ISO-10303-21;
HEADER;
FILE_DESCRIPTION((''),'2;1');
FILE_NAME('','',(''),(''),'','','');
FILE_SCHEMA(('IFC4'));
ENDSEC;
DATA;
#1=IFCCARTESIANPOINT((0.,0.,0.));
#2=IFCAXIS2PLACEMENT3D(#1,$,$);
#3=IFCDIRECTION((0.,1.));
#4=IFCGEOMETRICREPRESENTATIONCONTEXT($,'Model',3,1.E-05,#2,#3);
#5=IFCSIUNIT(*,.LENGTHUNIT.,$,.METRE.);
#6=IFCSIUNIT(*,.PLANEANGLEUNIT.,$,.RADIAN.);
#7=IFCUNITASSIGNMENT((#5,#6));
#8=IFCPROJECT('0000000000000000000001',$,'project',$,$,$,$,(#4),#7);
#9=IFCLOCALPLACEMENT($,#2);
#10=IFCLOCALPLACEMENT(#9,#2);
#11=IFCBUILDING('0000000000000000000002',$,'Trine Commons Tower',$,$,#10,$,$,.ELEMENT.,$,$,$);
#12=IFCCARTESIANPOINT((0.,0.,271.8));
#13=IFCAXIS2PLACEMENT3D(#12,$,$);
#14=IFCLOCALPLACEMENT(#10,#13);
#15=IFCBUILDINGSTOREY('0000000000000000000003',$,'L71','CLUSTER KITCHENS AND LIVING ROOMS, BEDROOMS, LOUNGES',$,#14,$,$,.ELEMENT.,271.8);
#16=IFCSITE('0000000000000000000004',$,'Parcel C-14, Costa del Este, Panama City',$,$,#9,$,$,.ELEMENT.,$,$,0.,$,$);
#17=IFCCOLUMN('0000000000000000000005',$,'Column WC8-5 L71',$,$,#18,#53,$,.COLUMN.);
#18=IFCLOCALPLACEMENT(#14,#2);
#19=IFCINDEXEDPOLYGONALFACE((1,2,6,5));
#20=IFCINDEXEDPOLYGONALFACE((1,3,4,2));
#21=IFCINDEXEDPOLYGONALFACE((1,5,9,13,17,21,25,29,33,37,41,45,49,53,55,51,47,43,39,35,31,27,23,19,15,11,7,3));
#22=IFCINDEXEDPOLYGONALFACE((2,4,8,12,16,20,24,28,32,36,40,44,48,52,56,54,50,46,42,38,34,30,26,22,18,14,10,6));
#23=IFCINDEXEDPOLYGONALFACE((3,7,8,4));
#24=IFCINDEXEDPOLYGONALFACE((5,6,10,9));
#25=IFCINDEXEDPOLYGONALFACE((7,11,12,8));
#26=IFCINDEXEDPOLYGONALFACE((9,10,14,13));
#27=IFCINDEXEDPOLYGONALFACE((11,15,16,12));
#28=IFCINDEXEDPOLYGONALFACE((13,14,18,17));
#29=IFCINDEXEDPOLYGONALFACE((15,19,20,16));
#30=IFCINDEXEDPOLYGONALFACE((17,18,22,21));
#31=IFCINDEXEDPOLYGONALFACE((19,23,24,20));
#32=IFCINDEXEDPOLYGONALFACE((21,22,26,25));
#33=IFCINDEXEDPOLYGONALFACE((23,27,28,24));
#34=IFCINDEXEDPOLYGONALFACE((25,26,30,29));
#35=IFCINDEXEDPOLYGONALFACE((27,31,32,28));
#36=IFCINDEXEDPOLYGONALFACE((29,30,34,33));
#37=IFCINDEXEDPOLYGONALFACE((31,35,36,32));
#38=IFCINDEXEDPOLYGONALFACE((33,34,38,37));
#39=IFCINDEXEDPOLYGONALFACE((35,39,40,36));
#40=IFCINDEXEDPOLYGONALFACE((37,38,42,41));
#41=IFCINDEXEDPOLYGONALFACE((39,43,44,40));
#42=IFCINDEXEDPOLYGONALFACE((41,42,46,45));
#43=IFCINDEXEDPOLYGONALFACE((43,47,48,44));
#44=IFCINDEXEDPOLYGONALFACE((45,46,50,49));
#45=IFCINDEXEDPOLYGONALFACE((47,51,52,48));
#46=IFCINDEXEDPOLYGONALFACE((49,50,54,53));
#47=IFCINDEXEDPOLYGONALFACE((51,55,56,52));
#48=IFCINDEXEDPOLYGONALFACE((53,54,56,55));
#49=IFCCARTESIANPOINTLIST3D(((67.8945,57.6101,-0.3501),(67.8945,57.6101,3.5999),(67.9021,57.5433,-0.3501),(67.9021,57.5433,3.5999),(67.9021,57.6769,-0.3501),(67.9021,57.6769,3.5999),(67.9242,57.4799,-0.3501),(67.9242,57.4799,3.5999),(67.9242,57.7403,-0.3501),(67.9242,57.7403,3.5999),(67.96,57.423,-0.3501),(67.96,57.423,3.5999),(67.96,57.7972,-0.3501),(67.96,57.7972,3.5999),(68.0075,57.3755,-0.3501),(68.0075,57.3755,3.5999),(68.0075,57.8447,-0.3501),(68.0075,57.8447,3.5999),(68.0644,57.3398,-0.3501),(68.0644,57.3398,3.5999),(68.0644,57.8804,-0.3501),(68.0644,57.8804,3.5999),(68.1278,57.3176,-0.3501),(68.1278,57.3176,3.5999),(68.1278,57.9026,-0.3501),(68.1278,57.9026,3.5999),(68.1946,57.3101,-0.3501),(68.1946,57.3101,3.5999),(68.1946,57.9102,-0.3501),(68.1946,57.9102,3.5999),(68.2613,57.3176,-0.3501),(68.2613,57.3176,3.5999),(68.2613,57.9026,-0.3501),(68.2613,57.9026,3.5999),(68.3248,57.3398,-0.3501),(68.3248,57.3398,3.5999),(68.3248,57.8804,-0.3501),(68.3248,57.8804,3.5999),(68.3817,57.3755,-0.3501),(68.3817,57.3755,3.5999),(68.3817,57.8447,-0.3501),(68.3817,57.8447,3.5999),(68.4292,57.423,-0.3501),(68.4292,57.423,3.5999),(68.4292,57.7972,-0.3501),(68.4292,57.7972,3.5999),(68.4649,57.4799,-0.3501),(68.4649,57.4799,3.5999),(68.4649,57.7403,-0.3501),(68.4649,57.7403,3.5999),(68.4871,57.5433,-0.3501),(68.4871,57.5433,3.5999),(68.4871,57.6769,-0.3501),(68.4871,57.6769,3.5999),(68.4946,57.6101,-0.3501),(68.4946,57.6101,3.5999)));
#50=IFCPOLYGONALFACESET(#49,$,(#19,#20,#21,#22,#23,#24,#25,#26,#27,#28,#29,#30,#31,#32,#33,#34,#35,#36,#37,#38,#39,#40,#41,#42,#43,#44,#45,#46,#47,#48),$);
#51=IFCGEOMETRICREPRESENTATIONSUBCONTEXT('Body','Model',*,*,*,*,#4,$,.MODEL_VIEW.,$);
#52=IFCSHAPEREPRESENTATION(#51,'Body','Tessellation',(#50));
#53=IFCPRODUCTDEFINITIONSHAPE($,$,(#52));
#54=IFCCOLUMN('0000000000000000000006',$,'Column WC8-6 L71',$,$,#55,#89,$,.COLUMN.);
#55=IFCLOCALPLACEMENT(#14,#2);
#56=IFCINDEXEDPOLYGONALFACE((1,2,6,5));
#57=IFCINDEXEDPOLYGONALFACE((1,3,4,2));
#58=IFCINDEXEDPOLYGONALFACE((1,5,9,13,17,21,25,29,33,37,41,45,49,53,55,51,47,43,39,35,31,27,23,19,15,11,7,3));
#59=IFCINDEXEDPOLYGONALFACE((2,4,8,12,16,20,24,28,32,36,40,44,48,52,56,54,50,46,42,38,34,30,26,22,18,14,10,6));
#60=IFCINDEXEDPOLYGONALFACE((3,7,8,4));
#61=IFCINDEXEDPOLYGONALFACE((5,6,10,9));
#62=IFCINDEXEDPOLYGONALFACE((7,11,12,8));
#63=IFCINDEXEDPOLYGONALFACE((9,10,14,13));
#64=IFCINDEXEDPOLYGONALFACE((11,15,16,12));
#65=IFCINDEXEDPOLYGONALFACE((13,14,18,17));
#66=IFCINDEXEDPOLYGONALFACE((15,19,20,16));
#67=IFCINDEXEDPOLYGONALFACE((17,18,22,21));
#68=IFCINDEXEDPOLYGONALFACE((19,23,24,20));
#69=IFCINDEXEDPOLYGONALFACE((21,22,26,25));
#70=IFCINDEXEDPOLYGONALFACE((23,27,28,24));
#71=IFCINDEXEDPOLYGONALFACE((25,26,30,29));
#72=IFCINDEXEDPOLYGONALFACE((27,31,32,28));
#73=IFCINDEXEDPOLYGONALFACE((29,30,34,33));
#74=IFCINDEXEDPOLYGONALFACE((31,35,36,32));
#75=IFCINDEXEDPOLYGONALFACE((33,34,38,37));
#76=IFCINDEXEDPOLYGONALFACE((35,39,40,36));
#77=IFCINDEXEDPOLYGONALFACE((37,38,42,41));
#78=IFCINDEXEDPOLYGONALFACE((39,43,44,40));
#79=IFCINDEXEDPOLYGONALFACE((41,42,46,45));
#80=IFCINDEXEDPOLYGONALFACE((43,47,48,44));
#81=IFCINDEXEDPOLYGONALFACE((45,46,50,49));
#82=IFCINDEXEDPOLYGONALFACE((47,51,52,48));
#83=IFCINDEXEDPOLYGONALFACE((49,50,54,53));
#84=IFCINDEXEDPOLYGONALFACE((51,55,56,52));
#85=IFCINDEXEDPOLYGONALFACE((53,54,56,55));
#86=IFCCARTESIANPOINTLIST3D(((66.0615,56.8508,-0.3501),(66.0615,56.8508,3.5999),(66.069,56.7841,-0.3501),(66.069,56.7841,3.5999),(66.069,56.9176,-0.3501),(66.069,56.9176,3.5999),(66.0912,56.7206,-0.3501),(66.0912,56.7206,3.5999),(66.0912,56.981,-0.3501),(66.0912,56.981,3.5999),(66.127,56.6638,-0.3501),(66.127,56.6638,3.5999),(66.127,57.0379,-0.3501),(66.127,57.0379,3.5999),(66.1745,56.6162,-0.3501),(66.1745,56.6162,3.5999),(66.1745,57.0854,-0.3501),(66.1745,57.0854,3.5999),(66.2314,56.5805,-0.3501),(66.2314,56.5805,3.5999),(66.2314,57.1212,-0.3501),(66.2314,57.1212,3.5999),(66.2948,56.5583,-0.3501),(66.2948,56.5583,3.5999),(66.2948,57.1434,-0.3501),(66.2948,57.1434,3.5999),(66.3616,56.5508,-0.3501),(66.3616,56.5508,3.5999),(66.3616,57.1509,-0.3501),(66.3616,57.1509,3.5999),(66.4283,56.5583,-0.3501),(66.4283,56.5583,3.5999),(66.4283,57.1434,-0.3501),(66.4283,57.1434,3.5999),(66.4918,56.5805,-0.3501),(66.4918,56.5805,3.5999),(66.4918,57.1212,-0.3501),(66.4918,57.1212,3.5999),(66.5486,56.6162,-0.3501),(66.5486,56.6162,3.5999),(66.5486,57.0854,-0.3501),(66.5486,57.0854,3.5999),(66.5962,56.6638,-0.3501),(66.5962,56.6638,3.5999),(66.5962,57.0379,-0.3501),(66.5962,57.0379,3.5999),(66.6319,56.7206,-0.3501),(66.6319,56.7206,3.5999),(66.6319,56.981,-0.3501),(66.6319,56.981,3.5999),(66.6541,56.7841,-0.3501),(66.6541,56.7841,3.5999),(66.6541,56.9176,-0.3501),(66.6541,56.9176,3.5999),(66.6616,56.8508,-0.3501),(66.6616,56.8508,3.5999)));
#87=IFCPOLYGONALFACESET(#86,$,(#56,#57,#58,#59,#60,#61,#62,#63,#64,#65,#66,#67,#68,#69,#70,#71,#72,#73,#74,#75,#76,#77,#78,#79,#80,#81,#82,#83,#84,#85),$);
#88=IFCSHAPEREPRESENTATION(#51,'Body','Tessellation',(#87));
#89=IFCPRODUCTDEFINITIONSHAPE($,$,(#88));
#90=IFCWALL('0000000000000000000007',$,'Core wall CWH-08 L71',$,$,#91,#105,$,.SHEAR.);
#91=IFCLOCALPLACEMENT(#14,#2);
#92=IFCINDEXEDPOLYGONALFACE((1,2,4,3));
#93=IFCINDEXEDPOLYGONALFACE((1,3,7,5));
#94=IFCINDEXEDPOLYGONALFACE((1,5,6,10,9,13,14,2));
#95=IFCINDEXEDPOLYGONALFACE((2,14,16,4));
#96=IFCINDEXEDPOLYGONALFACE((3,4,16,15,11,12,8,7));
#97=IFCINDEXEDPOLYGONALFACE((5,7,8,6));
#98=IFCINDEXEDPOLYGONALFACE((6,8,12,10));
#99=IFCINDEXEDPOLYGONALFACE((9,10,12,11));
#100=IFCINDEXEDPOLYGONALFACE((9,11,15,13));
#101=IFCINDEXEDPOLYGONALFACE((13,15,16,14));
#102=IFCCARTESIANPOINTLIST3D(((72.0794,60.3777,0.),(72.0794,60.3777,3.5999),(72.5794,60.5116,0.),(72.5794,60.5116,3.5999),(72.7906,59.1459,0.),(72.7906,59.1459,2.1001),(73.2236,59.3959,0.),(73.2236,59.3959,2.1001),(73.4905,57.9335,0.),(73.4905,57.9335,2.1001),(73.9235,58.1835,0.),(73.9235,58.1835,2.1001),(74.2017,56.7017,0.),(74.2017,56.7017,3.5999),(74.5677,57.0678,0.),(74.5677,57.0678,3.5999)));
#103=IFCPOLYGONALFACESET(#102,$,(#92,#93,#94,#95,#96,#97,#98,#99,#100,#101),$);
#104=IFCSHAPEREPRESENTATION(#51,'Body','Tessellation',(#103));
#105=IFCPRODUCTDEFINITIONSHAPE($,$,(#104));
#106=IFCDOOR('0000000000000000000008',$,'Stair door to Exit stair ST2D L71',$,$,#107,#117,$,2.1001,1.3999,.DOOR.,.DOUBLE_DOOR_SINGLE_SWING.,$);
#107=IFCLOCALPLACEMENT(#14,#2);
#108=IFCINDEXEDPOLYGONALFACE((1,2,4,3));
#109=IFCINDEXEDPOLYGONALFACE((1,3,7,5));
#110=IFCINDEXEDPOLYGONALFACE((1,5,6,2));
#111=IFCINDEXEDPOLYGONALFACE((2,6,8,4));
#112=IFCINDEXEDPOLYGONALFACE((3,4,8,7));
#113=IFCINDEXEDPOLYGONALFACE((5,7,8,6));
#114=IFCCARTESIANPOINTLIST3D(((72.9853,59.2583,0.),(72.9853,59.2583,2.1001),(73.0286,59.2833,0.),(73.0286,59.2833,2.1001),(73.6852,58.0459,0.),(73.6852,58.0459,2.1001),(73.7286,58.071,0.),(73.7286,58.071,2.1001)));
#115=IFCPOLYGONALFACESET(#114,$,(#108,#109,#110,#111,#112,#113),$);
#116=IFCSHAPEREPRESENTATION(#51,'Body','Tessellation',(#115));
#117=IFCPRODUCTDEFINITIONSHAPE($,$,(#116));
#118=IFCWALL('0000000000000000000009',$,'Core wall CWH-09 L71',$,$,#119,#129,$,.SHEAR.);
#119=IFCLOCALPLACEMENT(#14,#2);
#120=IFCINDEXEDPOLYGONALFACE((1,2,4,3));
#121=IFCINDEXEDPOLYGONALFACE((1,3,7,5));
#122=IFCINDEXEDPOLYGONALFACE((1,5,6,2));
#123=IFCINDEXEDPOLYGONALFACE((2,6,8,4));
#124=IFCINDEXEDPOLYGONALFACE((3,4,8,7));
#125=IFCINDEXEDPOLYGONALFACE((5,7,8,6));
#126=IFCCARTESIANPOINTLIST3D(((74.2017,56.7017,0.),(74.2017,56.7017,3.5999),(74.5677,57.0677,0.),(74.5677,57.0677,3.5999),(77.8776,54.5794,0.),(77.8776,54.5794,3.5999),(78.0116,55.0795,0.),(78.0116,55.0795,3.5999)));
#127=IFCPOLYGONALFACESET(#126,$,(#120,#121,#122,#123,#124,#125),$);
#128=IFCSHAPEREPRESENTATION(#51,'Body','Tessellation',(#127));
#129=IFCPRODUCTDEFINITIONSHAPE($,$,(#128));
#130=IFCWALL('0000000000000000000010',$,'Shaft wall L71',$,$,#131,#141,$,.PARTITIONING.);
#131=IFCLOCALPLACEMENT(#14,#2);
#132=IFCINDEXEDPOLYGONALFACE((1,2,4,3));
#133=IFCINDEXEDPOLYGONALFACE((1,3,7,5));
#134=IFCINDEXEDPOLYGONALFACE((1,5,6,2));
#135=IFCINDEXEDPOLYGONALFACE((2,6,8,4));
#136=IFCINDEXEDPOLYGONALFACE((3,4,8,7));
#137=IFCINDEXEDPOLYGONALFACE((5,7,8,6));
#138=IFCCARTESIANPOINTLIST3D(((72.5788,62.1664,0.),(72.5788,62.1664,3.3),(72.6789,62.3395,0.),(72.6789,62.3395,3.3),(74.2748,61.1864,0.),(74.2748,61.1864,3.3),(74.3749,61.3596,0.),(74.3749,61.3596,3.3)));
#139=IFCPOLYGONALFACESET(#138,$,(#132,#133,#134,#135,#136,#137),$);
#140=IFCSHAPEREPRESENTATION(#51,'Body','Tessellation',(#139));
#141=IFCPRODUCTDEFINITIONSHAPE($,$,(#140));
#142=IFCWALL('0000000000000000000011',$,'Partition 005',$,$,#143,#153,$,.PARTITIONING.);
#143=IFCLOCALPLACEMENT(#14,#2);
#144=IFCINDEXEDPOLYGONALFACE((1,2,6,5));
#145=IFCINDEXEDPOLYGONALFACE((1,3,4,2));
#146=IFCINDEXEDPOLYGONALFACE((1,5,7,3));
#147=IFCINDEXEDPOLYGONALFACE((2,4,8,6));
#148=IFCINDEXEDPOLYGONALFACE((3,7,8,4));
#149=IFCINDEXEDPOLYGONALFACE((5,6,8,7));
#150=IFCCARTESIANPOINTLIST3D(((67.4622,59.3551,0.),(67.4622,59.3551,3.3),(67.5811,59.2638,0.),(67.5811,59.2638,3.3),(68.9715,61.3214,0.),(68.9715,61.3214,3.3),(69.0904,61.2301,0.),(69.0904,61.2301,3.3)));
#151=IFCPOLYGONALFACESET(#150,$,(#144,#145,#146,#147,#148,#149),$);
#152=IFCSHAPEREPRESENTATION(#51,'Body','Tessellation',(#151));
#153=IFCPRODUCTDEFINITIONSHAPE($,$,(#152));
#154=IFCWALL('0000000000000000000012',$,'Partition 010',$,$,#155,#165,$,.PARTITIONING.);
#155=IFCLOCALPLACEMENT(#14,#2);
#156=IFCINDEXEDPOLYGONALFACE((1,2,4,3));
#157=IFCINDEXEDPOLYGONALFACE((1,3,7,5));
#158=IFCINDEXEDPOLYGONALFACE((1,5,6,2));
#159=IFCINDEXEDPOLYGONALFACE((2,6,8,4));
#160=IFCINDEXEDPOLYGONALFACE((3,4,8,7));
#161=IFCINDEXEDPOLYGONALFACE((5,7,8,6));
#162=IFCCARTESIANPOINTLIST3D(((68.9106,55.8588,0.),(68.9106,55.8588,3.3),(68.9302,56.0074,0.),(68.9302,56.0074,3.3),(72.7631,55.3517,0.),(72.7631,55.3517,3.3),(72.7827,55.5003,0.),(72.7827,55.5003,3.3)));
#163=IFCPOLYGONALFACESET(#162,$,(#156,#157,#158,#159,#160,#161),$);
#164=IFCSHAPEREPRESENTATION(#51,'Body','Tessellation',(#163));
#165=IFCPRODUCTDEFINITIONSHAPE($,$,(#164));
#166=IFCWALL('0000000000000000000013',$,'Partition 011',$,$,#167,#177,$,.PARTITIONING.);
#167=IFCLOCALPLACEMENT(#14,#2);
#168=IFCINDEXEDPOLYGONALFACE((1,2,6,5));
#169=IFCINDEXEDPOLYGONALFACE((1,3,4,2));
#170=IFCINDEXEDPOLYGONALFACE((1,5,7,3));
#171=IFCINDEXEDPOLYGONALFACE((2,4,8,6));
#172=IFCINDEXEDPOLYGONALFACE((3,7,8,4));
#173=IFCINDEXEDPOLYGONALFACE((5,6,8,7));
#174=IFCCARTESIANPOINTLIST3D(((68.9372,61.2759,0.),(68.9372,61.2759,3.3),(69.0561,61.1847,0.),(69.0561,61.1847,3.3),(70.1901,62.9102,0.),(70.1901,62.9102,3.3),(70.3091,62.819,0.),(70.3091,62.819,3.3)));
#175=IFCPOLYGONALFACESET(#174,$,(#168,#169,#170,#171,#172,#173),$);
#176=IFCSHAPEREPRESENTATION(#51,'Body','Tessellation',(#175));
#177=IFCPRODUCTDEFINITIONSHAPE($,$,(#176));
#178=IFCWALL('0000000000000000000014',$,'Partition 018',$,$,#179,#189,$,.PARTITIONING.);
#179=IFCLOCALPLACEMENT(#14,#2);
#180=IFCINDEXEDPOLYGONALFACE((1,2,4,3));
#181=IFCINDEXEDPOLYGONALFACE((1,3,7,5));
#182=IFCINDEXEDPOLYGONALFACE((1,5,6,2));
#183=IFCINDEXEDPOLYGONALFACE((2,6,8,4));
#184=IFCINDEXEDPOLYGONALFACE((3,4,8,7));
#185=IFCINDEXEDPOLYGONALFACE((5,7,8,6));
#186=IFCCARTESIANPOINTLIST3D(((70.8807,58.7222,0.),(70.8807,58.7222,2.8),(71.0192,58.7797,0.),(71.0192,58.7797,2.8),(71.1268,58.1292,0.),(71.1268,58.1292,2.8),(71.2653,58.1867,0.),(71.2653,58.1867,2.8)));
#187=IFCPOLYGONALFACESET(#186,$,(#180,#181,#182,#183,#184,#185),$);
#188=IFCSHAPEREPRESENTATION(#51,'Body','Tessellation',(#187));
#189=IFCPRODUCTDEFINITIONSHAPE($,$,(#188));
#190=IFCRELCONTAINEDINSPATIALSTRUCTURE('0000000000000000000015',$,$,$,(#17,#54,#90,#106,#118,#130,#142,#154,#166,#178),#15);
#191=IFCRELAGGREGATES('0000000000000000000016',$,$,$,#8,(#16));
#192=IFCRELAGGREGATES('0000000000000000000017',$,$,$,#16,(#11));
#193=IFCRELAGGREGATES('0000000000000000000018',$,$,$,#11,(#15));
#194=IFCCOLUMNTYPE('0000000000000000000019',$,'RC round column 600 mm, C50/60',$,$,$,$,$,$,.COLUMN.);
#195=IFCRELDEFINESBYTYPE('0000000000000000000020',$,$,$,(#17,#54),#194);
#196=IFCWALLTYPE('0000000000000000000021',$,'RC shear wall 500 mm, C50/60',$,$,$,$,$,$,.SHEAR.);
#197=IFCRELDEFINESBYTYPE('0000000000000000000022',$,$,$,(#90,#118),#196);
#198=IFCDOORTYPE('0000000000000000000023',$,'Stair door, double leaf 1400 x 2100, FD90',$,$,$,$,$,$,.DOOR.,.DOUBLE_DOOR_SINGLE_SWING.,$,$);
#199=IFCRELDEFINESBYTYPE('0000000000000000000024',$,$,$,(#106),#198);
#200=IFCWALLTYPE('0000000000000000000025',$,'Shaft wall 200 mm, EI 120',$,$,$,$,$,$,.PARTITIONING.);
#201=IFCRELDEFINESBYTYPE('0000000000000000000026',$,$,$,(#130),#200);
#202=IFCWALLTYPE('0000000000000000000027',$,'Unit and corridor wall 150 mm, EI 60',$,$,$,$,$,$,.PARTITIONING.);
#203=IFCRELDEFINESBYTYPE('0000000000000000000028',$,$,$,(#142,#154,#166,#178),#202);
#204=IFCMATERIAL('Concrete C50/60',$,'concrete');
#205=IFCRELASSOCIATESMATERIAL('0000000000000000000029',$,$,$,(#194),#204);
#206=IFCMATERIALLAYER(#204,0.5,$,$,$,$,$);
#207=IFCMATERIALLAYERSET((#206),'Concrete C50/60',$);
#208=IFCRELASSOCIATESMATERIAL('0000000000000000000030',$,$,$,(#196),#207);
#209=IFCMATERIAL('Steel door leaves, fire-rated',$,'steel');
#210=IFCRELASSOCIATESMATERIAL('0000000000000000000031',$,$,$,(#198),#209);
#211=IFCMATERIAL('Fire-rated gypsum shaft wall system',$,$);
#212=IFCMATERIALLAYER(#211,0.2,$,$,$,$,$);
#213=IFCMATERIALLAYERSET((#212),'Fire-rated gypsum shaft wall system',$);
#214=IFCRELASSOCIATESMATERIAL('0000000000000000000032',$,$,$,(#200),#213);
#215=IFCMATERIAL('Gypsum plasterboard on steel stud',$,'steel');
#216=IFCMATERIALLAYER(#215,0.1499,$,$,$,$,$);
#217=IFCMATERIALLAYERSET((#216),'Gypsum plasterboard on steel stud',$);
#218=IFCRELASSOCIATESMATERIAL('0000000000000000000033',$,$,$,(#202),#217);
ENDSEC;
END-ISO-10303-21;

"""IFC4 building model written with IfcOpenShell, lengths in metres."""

from ifc_helpers import new_model, si_unit, direction, frame, frame_2d, origin, origin_2d, place, context, subcontext, project, spatial, polyline, rectangle, circle, outline, extrude, material, layer, layer_set, material_profile, profile_set, type_object, element, fill, save


model = new_model("IFC4")

# Units and contexts
model_context = context("Model", 3, precision=1e-05, world=origin(), true_north=direction((0.0, 1.0)))
body_context = subcontext(model_context, "Body", "Model", "MODEL_VIEW")
ifc_project = project(units=[si_unit("LENGTHUNIT", "METRE"), si_unit("PLANEANGLEUNIT", "RADIAN")], contexts=[model_context])

# Site, building, storey
site_placement = place(None, origin())
site = spatial("IfcSite", under=ifc_project, at=site_placement, Name="Parcel C-14, Costa del Este, Panama City", CompositionType="ELEMENT", RefElevation=0.0)
building_placement = place(site_placement, origin())
building = spatial("IfcBuilding", under=site, at=building_placement, Name="Trine Commons Tower", CompositionType="ELEMENT")
storey_placement = place(building_placement, frame((0.0, 0.0, 271.8)))
storey = spatial("IfcBuildingStorey", under=building, at=storey_placement, Name="L71", Description="CLUSTER KITCHENS AND LIVING ROOMS, BEDROOMS, LOUNGES", CompositionType="ELEMENT", Elevation=271.8)

# Columns
ifc_material_1 = material(Name="Concrete C50/60", Category="concrete")
ifc_material_profile = material_profile(ifc_material_1, circle(Radius=0.3, at=origin_2d()), Name="RC round 600")
ifc_profile_set = profile_set([ifc_material_profile], Name="Concrete C50/60")
column_type = type_object("IfcColumnType", Name="RC round column 600 mm, C50/60", PredefinedType="COLUMN", material=ifc_profile_set)
for number, where, z_axis, x_axis, name in (
    (1, (68.1946, 57.6101, -0.3501), (0.0, 0.0, 1.0), (1.0, 0.0, 0.0), "Column WC8-5 L71"),
    (2, (66.3616, 56.8508, -0.3501), (0.0, 0.0, 1.0), (1.0, 0.0, 0.0), "Column WC8-6 L71"),
):
    element("IfcColumn", number, at=place(storey_placement, frame(where, z_axis=z_axis, x_axis=x_axis)), inside=storey, type_object=column_type, Name=name, PredefinedType="COLUMN", context=body_context, shape_type="SweptSolid", body=[
        extrude(circle(Radius=0.3, at=origin_2d()), origin(), (0.0, 0.0, 1.0), 3.95),
    ])

# Wall, opening, door
ifc_layer_1 = layer(ifc_material_1, 0.5)
ifc_layer_set_1 = layer_set([ifc_layer_1], Name="Concrete C50/60")
wall_type_1 = type_object("IfcWallType", Name="RC shear wall 500 mm, C50/60", PredefinedType="SHEAR", material=ifc_layer_set_1)
wall_1_placement = place(storey_placement, frame((72.2959, 60.5027, 0.0), z_axis=(0.0, 0.0, 1.0), x_axis=(0.499993, -0.866029, 0.0)))
wall_1 = element("IfcWall", 3, at=wall_1_placement, inside=storey, type_object=wall_type_1, Name="Core wall CWH-08 L71", PredefinedType="SHEAR", context=body_context, shape_type="SweptSolid", body=[
    extrude(outline(polyline([(0.0, -0.25), (4.2446, -0.25), (4.1106, 0.25), (0.134, 0.25), (0.0, -0.25)])), origin(), (0.0, 0.0, 1.0), 3.5999),
])
opening_placement = place(wall_1_placement, frame((1.4224, 0.0, 0.0)))
opening = element("IfcOpeningElement", 4, at=opening_placement, cuts=wall_1, PredefinedType="OPENING", context=body_context, shape_type="SweptSolid", body=[
    extrude(rectangle(XDim=1.3999, YDim=2.1001, at=frame_2d((0.7, 1.05))), frame((0.0, 0.26, 0.0), z_axis=(0.0, -1.0, 0.0), x_axis=(1.0, 0.0, 0.0)), (0.0, 0.0, 1.0), 0.52),
])
ifc_material_2 = material(Name="Steel door leaves, fire-rated", Category="steel")
door_type = type_object("IfcDoorType", Name="Stair door, double leaf 1400 x 2100, FD90", OperationType="DOUBLE_DOOR_SINGLE_SWING", PredefinedType="DOOR", material=ifc_material_2)
door_placement = place(opening_placement, origin())
door = element("IfcDoor", 5, at=door_placement, inside=storey, type_object=door_type, Name="Stair door to Exit stair ST2D L71", OperationType="DOUBLE_DOOR_SINGLE_SWING", OverallHeight=2.1001, OverallWidth=1.3999, PredefinedType="DOOR", context=body_context, shape_type="SweptSolid", body=[
    extrude(rectangle(XDim=1.3999, YDim=2.1001, at=frame_2d((0.7, 1.05))), frame((0.0, 0.0249, 0.0), z_axis=(0.0, -1.0, 0.0), x_axis=(1.0, 0.0, 0.0)), (0.0, 0.0, 1.0), 0.05),
])
fill(opening, door)

# Walls
wall_2_placement = place(storey_placement, frame((74.3267, 56.9182, 0.0), z_axis=(0.0, 0.0, 1.0), x_axis=(0.866029, -0.499993, 0.0)))
element("IfcWall", 6, at=wall_2_placement, inside=storey, type_object=wall_type_1, Name="Core wall CWH-09 L71", PredefinedType="SHEAR", context=body_context, shape_type="SweptSolid", body=[
    extrude(outline(polyline([(0.0, -0.25), (4.2446, -0.25), (4.1106, 0.25), (0.134, 0.25), (0.0, -0.25)])), origin(), (0.0, 0.0, 1.0), 3.5999),
])
ifc_material_3 = material(Name="Fire-rated gypsum shaft wall system")
ifc_layer_2 = layer(ifc_material_3, 0.2)
ifc_layer_set_2 = layer_set([ifc_layer_2], Name="Fire-rated gypsum shaft wall system")
wall_type_2 = type_object("IfcWallType", Name="Shaft wall 200 mm, EI 120", PredefinedType="PARTITIONING", material=ifc_layer_set_2)
wall_3_placement = place(storey_placement, frame((74.325, 61.2729, 0.0), z_axis=(0.0, 0.0, 1.0), x_axis=(-0.865855, 0.500294, 0.0)))
element("IfcWall", 7, at=wall_3_placement, inside=storey, type_object=wall_type_2, Name="Shaft wall L71", PredefinedType="PARTITIONING", context=body_context, shape_type="SweptSolid", body=[
    extrude(rectangle(XDim=1.9587, YDim=0.2, at=frame_2d((0.9795, 0.0))), origin(), (0.0, 0.0, 1.0), 3.3),
])
ifc_material_4 = material(Name="Gypsum plasterboard on steel stud", Category="steel")
ifc_layer_3 = layer(ifc_material_4, 0.1499)
ifc_layer_set_3 = layer_set([ifc_layer_3], Name="Gypsum plasterboard on steel stud")
wall_type_3 = type_object("IfcWallType", Name="Unit and corridor wall 150 mm, EI 60", PredefinedType="PARTITIONING", material=ifc_layer_set_3)
wall_4_placement = place(storey_placement, frame((67.5217, 59.3096, 0.0), z_axis=(0.0, 0.0, 1.0), x_axis=(0.608882, 0.793261, 0.0)))
element("IfcWall", 8, at=wall_4_placement, inside=storey, type_object=wall_type_3, Name="Partition 005", PredefinedType="PARTITIONING", context=body_context, shape_type="SweptSolid", body=[
    extrude(rectangle(XDim=2.4788, YDim=0.1499, at=frame_2d((1.2393, 0.0))), origin(), (0.0, 0.0, 1.0), 3.3),
])
wall_5_placement = place(storey_placement, frame((68.9204, 55.9331, 0.0), z_axis=(0.0, 0.0, 1.0), x_axis=(0.991449, -0.130497, 0.0)))
element("IfcWall", 9, at=wall_5_placement, inside=storey, type_object=wall_type_3, Name="Partition 010", PredefinedType="PARTITIONING", context=body_context, shape_type="SweptSolid", body=[
    extrude(rectangle(XDim=3.8857, YDim=0.1499, at=frame_2d((1.9429, 0.0))), origin(), (0.0, 0.0, 1.0), 3.3),
])
wall_6_placement = place(storey_placement, frame((68.9966, 61.2302, 0.0), z_axis=(0.0, 0.0, 1.0), x_axis=(0.608427, 0.79361, 0.0)))
element("IfcWall", 10, at=wall_6_placement, inside=storey, type_object=wall_type_3, Name="Partition 011", PredefinedType="PARTITIONING", context=body_context, shape_type="SweptSolid", body=[
    extrude(rectangle(XDim=2.0593, YDim=0.1499, at=frame_2d((1.0298, 0.0))), origin(), (0.0, 0.0, 1.0), 3.3),
])
wall_7_placement = place(storey_placement, frame((70.95, 58.751, 0.0), z_axis=(0.0, 0.0, 1.0), x_axis=(0.383292, -0.923627, 0.0)))
element("IfcWall", 11, at=wall_7_placement, inside=storey, type_object=wall_type_3, Name="Partition 018", PredefinedType="PARTITIONING", context=body_context, shape_type="SweptSolid", body=[
    extrude(rectangle(XDim=0.6421, YDim=0.1499, at=frame_2d((0.321, 0.0))), origin(), (0.0, 0.0, 1.0), 2.8),
])

save(model, "model.ifc")
